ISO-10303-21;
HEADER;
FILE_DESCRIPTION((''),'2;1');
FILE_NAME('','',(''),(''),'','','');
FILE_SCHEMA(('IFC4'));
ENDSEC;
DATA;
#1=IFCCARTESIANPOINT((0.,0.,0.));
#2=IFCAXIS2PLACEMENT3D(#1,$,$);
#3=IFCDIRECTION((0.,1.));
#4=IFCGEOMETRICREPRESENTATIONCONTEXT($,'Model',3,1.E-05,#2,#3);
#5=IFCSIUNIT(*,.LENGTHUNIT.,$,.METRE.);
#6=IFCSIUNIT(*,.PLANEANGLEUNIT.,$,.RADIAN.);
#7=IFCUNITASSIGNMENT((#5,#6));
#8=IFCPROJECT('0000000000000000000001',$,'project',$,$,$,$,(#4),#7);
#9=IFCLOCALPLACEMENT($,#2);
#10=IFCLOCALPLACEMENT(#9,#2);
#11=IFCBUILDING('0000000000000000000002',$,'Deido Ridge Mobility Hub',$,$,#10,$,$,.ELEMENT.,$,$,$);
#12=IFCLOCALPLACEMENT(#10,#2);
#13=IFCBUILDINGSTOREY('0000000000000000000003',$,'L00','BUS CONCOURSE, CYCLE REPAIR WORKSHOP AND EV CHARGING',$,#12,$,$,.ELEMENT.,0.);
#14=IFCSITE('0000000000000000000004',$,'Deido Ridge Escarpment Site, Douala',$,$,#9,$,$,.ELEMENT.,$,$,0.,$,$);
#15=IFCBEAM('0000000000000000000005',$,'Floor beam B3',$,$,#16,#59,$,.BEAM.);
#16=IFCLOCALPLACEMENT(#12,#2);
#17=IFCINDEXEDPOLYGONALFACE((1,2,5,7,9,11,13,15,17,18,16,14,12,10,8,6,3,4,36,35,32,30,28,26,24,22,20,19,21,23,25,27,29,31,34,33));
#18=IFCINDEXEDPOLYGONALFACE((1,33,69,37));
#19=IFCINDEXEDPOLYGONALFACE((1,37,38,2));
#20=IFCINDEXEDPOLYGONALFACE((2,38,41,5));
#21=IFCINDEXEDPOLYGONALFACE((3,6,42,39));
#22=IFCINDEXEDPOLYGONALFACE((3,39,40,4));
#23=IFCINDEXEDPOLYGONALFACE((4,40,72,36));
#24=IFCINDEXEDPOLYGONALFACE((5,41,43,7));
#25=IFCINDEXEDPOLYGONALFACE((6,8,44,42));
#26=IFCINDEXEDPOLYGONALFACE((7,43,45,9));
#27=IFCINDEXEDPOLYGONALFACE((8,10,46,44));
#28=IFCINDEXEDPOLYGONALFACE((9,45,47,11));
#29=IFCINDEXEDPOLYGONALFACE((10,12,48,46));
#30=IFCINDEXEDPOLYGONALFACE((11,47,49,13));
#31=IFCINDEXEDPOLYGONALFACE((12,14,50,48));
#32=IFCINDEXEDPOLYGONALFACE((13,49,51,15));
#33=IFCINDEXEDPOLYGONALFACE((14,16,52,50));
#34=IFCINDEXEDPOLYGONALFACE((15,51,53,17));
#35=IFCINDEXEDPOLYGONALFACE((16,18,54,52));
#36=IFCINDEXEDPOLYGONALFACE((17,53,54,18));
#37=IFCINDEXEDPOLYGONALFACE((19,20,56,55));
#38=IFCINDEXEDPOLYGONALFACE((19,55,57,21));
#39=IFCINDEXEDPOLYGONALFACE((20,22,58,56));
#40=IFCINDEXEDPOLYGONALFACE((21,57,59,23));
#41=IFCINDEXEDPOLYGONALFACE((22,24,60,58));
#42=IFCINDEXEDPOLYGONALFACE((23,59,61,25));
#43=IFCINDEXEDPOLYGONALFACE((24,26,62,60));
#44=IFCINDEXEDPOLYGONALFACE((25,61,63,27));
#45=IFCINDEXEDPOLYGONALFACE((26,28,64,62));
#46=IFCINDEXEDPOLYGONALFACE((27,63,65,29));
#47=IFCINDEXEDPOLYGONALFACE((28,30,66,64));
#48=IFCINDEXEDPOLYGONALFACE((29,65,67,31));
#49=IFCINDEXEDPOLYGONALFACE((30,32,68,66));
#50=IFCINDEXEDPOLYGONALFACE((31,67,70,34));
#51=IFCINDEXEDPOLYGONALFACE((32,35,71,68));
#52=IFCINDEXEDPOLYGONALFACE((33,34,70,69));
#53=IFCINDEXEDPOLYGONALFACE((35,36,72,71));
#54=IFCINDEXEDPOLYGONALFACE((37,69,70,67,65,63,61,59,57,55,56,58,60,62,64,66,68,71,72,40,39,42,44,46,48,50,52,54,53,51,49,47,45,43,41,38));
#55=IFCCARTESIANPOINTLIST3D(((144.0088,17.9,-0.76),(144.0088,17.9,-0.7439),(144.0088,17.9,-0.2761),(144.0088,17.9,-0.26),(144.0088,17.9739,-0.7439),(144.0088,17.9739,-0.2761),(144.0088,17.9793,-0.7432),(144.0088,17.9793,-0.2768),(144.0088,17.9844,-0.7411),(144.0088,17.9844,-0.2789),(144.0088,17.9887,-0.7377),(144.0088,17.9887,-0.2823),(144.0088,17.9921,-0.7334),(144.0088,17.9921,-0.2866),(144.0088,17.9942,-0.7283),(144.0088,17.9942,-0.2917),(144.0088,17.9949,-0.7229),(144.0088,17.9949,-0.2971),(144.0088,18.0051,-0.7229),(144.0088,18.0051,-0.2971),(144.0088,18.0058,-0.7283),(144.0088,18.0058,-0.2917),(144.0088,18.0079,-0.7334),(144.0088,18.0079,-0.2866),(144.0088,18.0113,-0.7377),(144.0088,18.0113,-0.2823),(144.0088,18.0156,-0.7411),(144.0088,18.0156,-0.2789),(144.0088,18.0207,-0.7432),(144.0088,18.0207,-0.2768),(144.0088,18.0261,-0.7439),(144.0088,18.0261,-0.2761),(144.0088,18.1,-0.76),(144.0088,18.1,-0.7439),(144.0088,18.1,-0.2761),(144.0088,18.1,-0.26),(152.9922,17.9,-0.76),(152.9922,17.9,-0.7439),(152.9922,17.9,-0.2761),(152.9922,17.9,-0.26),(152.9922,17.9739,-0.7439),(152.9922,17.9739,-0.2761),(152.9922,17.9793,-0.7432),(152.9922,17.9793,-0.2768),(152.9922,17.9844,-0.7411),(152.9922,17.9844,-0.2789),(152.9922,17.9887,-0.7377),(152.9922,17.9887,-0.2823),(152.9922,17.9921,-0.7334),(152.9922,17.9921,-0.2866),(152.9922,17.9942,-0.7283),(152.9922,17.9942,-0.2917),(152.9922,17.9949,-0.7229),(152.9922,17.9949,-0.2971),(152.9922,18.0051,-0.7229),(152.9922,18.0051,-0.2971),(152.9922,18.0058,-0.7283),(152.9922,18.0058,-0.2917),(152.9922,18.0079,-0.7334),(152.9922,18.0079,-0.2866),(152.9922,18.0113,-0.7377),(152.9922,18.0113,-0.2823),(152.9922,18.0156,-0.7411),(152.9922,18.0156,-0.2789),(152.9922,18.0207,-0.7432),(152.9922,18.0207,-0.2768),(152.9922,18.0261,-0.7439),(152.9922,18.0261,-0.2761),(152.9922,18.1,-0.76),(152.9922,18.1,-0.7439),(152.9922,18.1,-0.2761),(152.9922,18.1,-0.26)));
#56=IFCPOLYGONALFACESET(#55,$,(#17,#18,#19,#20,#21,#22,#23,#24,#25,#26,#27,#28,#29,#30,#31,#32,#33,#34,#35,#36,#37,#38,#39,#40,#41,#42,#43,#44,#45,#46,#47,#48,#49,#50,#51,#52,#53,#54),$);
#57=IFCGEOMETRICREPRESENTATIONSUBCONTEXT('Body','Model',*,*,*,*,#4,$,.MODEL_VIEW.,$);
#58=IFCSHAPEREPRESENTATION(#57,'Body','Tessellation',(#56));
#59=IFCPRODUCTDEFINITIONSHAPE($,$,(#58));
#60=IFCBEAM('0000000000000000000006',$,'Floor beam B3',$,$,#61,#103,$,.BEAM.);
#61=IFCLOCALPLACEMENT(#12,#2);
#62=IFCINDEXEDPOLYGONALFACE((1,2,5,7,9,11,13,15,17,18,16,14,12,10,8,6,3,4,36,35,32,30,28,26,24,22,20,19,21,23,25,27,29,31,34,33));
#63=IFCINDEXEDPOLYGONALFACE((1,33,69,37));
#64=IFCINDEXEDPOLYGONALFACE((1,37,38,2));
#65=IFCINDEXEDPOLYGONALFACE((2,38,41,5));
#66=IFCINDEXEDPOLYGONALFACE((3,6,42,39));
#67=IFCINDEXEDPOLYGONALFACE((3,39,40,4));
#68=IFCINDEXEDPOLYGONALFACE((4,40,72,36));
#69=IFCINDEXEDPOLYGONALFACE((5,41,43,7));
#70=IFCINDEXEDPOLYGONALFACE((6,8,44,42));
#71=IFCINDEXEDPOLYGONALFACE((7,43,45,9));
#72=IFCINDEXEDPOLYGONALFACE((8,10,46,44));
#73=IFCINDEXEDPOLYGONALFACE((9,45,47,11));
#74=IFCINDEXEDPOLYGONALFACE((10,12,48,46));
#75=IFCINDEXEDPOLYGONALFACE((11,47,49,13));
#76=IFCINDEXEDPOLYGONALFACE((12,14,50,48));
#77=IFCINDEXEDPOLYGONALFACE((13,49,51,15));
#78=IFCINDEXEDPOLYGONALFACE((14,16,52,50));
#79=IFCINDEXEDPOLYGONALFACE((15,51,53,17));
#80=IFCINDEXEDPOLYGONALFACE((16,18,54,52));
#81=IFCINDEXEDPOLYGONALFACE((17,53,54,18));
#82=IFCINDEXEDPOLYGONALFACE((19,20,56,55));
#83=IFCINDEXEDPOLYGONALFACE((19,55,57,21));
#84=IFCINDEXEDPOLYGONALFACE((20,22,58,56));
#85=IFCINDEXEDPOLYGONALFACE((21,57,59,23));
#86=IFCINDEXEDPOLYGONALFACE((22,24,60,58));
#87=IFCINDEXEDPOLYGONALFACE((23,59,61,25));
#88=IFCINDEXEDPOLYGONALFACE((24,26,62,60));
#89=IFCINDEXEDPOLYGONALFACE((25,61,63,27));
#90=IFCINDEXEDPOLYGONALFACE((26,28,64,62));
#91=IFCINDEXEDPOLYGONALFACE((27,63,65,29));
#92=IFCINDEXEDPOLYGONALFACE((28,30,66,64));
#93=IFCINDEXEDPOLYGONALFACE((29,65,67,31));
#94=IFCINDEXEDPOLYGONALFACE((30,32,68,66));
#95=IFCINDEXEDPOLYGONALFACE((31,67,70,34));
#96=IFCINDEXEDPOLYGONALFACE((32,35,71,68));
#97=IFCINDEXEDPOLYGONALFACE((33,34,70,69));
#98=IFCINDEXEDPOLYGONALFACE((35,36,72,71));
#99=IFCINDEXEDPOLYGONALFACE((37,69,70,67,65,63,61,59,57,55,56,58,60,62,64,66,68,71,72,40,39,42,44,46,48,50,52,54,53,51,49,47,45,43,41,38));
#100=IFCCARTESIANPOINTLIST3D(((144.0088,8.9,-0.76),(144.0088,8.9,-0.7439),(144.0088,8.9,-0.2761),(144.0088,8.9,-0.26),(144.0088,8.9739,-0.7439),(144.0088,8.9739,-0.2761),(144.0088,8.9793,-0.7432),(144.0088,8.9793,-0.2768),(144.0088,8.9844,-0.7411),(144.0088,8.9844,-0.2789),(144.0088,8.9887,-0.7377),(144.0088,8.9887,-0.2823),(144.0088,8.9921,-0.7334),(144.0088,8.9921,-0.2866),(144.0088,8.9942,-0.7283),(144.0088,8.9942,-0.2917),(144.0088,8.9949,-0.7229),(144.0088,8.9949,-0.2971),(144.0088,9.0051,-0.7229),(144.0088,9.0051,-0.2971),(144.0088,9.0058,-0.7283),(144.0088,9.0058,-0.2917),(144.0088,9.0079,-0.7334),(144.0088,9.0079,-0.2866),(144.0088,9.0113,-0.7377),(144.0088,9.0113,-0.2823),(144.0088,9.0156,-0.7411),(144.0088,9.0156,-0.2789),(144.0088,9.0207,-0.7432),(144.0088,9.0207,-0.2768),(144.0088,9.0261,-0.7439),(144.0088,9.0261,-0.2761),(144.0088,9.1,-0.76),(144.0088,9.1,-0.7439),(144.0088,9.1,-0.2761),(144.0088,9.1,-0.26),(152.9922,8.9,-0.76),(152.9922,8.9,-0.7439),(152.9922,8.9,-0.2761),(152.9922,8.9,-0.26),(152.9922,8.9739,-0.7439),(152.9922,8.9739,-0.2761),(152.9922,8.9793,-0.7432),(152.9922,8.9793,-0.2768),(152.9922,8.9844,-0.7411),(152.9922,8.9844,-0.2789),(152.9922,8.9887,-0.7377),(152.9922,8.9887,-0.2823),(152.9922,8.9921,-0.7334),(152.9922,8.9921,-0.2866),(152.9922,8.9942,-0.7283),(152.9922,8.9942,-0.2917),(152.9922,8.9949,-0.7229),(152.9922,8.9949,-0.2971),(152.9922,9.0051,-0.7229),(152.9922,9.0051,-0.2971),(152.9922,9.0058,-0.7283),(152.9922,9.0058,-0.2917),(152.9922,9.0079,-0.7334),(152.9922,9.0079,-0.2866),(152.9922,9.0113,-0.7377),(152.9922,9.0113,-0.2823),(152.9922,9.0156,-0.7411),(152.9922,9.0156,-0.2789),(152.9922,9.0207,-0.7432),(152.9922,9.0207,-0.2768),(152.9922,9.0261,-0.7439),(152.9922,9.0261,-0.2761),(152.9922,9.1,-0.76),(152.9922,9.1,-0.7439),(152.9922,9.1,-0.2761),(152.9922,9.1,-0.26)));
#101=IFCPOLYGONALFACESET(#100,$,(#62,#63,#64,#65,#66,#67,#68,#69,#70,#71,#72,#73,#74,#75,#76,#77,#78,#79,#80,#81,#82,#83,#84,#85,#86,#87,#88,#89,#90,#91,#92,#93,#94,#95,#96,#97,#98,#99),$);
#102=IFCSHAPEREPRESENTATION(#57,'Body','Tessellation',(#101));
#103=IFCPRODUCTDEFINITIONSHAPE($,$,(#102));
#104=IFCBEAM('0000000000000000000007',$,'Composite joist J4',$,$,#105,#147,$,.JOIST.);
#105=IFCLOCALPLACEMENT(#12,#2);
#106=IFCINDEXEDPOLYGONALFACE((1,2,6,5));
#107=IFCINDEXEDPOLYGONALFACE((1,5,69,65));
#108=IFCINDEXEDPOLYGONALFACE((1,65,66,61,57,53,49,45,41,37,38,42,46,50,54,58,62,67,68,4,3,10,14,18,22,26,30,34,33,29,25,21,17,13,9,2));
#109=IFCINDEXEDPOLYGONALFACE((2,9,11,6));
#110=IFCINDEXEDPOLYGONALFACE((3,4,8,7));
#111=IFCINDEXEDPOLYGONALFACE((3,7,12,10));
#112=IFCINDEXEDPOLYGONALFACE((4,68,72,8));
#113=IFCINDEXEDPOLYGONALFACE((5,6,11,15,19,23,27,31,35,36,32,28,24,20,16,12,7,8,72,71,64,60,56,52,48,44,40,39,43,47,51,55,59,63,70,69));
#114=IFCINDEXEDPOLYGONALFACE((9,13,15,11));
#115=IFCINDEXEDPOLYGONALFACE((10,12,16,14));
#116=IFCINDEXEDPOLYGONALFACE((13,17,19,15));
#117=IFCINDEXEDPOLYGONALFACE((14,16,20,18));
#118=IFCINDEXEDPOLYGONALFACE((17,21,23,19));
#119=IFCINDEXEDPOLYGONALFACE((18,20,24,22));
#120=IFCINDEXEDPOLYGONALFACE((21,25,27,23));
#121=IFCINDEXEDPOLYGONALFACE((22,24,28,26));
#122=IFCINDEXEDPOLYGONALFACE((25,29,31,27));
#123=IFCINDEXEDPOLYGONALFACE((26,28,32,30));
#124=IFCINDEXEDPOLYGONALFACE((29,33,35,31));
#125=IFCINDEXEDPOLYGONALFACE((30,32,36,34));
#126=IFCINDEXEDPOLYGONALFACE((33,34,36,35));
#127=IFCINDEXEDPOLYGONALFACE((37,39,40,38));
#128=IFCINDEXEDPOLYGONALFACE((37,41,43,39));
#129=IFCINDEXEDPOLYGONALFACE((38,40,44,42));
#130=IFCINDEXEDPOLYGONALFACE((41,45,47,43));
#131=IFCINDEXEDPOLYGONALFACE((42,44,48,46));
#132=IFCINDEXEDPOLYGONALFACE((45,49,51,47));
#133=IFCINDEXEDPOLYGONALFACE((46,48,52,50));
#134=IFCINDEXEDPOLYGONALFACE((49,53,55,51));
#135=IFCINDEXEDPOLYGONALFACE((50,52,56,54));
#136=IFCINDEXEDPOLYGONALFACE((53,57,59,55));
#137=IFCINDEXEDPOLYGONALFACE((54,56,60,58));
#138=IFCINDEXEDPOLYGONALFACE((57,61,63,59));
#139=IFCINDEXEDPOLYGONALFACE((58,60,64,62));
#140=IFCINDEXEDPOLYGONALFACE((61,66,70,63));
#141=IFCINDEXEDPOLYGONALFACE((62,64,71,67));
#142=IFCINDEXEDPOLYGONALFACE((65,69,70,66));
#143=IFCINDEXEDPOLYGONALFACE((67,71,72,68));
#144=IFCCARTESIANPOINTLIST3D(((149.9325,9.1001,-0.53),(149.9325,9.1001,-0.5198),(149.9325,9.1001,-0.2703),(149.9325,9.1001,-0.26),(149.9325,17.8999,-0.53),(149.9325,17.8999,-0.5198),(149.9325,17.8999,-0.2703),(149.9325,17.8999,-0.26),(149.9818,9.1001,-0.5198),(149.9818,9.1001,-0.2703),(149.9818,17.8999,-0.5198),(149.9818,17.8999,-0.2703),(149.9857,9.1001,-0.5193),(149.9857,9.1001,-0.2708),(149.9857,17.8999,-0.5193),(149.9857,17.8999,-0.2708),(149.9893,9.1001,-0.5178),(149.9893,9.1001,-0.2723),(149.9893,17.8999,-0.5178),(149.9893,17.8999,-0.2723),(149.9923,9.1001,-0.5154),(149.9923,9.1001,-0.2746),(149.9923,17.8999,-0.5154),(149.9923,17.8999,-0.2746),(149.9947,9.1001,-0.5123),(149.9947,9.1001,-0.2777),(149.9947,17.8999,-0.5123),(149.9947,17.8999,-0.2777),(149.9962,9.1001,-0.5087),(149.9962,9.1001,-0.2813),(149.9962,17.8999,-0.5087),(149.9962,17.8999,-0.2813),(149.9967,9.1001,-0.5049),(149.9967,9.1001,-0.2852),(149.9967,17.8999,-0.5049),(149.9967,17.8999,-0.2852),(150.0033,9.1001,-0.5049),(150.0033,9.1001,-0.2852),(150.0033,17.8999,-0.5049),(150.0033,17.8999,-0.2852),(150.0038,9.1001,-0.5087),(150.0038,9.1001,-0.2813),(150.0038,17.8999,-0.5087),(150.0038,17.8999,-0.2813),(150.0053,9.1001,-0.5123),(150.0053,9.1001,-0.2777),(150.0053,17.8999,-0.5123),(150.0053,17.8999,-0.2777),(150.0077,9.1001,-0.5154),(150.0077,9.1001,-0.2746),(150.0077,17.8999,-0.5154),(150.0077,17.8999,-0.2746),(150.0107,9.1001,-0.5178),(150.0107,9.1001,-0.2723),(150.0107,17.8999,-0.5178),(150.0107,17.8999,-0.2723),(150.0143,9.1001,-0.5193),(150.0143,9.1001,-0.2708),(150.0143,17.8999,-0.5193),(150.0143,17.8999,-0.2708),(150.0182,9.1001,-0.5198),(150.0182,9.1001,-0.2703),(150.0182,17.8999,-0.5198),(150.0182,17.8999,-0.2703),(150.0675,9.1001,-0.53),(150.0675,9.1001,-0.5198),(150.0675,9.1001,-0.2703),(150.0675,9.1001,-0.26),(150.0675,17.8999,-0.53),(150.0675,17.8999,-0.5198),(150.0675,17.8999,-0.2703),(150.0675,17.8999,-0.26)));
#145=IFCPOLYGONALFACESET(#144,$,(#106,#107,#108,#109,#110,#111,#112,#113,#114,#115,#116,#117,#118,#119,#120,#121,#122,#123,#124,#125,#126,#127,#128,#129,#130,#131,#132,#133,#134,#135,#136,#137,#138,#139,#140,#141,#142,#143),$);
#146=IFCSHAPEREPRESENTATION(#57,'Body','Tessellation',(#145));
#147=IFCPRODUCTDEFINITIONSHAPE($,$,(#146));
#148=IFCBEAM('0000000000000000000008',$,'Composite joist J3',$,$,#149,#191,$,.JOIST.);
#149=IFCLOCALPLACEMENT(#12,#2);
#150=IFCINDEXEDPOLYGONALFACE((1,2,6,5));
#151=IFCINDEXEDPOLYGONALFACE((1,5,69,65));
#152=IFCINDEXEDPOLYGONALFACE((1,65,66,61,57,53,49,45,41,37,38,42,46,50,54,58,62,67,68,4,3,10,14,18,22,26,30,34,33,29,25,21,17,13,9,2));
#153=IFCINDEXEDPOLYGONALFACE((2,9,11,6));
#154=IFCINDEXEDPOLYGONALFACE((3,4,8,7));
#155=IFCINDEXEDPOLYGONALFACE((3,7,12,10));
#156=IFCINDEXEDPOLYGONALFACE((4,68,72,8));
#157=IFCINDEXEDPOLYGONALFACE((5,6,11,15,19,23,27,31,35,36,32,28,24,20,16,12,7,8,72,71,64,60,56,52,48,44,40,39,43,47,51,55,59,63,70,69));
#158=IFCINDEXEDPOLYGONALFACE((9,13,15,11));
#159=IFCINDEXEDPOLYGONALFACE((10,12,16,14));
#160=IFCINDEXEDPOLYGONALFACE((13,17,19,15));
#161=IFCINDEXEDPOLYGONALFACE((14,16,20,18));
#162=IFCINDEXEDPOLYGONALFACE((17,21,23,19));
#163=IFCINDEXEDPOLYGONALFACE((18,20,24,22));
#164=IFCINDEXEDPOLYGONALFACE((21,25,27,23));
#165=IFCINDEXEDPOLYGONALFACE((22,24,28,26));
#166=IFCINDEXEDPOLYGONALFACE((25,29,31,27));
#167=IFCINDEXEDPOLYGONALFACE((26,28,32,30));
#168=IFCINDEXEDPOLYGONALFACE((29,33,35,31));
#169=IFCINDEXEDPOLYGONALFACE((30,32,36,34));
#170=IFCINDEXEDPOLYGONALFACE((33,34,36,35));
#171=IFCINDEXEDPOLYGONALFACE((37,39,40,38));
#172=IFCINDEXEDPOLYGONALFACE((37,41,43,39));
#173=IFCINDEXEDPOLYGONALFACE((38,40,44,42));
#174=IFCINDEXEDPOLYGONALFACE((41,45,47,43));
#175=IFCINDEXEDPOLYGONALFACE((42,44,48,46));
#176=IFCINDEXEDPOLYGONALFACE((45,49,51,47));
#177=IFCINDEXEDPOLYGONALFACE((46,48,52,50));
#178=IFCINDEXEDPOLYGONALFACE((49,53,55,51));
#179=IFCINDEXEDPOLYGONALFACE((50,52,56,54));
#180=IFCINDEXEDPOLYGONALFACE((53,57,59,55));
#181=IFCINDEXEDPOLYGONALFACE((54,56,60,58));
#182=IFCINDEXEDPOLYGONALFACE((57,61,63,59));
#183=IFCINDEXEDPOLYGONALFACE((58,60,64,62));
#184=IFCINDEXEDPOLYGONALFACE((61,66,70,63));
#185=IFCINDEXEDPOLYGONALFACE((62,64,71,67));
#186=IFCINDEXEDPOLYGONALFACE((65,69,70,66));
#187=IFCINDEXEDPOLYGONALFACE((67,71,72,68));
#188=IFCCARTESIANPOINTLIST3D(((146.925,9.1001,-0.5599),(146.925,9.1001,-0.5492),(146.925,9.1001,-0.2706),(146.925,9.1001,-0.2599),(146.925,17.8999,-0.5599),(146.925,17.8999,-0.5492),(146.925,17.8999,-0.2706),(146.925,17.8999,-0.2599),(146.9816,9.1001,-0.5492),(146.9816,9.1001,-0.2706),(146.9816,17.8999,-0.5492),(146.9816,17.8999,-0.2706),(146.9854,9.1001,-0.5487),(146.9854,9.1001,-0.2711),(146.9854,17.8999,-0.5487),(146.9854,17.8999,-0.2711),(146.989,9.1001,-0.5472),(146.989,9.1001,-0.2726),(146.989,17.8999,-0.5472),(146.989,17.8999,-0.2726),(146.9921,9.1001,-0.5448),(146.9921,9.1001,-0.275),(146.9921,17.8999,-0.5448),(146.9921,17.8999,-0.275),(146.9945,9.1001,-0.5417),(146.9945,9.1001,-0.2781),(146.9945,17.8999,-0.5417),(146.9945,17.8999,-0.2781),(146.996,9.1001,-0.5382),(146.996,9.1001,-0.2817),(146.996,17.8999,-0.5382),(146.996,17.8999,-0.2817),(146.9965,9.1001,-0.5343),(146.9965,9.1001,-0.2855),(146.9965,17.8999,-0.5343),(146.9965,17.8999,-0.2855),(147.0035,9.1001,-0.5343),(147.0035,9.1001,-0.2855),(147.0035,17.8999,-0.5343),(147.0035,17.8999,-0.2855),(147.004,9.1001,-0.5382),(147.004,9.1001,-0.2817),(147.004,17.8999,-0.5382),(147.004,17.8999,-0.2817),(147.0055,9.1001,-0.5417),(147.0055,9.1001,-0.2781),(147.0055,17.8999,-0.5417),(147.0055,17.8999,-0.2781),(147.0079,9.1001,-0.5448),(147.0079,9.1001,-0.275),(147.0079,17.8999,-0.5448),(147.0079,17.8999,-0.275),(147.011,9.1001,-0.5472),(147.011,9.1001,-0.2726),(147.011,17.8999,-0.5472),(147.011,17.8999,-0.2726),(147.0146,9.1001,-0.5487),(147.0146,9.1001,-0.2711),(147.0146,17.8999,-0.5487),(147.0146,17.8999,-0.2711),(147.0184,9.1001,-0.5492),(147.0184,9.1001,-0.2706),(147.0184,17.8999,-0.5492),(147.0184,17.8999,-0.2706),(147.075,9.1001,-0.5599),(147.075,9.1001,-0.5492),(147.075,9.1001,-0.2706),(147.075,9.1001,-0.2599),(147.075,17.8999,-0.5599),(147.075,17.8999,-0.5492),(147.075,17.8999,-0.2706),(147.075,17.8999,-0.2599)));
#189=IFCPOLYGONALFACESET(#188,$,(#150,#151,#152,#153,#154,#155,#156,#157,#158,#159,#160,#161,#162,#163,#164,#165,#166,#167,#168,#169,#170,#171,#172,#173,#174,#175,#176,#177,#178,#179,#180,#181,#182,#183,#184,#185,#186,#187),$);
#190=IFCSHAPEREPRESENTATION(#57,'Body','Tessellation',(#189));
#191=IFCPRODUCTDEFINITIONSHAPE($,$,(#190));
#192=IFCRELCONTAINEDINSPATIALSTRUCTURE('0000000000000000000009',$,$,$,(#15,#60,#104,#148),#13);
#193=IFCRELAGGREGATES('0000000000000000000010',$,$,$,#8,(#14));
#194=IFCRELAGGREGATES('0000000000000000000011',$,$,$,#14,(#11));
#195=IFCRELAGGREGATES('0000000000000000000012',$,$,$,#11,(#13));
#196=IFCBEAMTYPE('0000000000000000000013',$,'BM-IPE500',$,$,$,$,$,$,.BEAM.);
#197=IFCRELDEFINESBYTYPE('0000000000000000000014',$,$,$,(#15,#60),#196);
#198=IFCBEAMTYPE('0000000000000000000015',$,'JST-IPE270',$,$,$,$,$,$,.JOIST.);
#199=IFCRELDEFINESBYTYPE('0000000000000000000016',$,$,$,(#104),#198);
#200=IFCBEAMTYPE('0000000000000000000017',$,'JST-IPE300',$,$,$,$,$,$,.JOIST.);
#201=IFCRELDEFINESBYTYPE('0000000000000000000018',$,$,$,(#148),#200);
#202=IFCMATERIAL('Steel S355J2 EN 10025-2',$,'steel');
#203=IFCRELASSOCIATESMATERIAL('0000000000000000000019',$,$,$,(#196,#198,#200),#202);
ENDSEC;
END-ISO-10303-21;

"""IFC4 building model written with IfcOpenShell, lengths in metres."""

from ifc_helpers import new_model, si_unit, direction, frame, origin, origin_2d, place, context, subcontext, project, spatial, i_section, extrude, material, material_profile, profile_set, type_object, element, save


model = new_model("IFC4")

# Units and contexts
model_context = context("Model", 3, precision=1e-05, world=origin(), true_north=direction((0.0, 1.0)))
body_context = subcontext(model_context, "Body", "Model", "MODEL_VIEW")
ifc_project = project(units=[si_unit("LENGTHUNIT", "METRE"), si_unit("PLANEANGLEUNIT", "RADIAN")], contexts=[model_context])

# Site, building, storey
site_placement = place(None, origin())
site = spatial("IfcSite", under=ifc_project, at=site_placement, Name="Deido Ridge Escarpment Site, Douala", CompositionType="ELEMENT", RefElevation=0.0)
building_placement = place(site_placement, origin())
building = spatial("IfcBuilding", under=site, at=building_placement, Name="Deido Ridge Mobility Hub", CompositionType="ELEMENT")
storey_placement = place(building_placement, origin())
storey = spatial("IfcBuildingStorey", under=building, at=storey_placement, Name="L00", Description="BUS CONCOURSE, CYCLE REPAIR WORKSHOP AND EV CHARGING", CompositionType="ELEMENT", Elevation=0.0)

# Shared definitions
ifc_material_1 = material(Name="Steel S355J2 EN 10025-2", Category="steel")

# Beams
ifc_material_profile_1 = material_profile(ifc_material_1, i_section(OverallWidth=0.2, OverallDepth=0.5, WebThickness=0.0103, FlangeThickness=0.0161, FilletRadius=0.021, at=origin_2d()), Name="IPE 500")
ifc_profile_set_1 = profile_set([ifc_material_profile_1], Name="Steel S355J2 EN 10025-2")
beam_type_1 = type_object("IfcBeamType", Name="BM-IPE500", PredefinedType="BEAM", material=ifc_profile_set_1)
for number, where, z_axis, x_axis, name in (
    (1, (144.0088, 18.0, -0.51), (1.0, 0.0, 0.0), (0.0, 1.0, 0.0), "Floor beam B3"),
    (2, (144.0088, 9.0, -0.51), (1.0, 0.0, 0.0), (0.0, 1.0, 0.0), "Floor beam B3"),
):
    element("IfcBeam", number, at=place(storey_placement, frame(where, z_axis=z_axis, x_axis=x_axis)), inside=storey, type_object=beam_type_1, Name=name, PredefinedType="BEAM", context=body_context, shape_type="SweptSolid", body=[
        extrude(i_section(OverallWidth=0.2, OverallDepth=0.5, WebThickness=0.0103, FlangeThickness=0.0161, FilletRadius=0.021, at=origin_2d()), origin(), (0.0, 0.0, 1.0), 8.9834),
    ])
ifc_material_profile_2 = material_profile(ifc_material_1, i_section(OverallWidth=0.135, OverallDepth=0.27, WebThickness=0.0066, FlangeThickness=0.0103, FilletRadius=0.0149, at=origin_2d()), Name="IPE 270")
ifc_profile_set_2 = profile_set([ifc_material_profile_2], Name="Steel S355J2 EN 10025-2")
beam_type_2 = type_object("IfcBeamType", Name="JST-IPE270", PredefinedType="JOIST", material=ifc_profile_set_2)
beam_1_placement = place(storey_placement, frame((150.0, 9.1001, -0.395), z_axis=(0.0, 1.0, 0.0), x_axis=(-1.0, 0.0, 0.0)))
element("IfcBeam", 3, at=beam_1_placement, inside=storey, type_object=beam_type_2, Name="Composite joist J4", PredefinedType="JOIST", context=body_context, shape_type="SweptSolid", body=[
    extrude(i_section(OverallWidth=0.135, OverallDepth=0.27, WebThickness=0.0066, FlangeThickness=0.0103, FilletRadius=0.0149, at=origin_2d()), origin(), (0.0, 0.0, 1.0), 8.7998),
])
ifc_material_profile_3 = material_profile(ifc_material_1, i_section(OverallWidth=0.1499, OverallDepth=0.3, WebThickness=0.0071, FlangeThickness=0.0107, FilletRadius=0.0149, at=origin_2d()), Name="IPE 300")
ifc_profile_set_3 = profile_set([ifc_material_profile_3], Name="Steel S355J2 EN 10025-2")
beam_type_3 = type_object("IfcBeamType", Name="JST-IPE300", PredefinedType="JOIST", material=ifc_profile_set_3)
beam_2_placement = place(storey_placement, frame((147.0, 9.1001, -0.4099), z_axis=(0.0, 1.0, 0.0), x_axis=(-1.0, 0.0, 0.0)))
element("IfcBeam", 4, at=beam_2_placement, inside=storey, type_object=beam_type_3, Name="Composite joist J3", PredefinedType="JOIST", context=body_context, shape_type="SweptSolid", body=[
    extrude(i_section(OverallWidth=0.1499, OverallDepth=0.3, WebThickness=0.0071, FlangeThickness=0.0107, FilletRadius=0.0149, at=origin_2d()), origin(), (0.0, 0.0, 1.0), 8.7998),
])

save(model, "model.ifc")
